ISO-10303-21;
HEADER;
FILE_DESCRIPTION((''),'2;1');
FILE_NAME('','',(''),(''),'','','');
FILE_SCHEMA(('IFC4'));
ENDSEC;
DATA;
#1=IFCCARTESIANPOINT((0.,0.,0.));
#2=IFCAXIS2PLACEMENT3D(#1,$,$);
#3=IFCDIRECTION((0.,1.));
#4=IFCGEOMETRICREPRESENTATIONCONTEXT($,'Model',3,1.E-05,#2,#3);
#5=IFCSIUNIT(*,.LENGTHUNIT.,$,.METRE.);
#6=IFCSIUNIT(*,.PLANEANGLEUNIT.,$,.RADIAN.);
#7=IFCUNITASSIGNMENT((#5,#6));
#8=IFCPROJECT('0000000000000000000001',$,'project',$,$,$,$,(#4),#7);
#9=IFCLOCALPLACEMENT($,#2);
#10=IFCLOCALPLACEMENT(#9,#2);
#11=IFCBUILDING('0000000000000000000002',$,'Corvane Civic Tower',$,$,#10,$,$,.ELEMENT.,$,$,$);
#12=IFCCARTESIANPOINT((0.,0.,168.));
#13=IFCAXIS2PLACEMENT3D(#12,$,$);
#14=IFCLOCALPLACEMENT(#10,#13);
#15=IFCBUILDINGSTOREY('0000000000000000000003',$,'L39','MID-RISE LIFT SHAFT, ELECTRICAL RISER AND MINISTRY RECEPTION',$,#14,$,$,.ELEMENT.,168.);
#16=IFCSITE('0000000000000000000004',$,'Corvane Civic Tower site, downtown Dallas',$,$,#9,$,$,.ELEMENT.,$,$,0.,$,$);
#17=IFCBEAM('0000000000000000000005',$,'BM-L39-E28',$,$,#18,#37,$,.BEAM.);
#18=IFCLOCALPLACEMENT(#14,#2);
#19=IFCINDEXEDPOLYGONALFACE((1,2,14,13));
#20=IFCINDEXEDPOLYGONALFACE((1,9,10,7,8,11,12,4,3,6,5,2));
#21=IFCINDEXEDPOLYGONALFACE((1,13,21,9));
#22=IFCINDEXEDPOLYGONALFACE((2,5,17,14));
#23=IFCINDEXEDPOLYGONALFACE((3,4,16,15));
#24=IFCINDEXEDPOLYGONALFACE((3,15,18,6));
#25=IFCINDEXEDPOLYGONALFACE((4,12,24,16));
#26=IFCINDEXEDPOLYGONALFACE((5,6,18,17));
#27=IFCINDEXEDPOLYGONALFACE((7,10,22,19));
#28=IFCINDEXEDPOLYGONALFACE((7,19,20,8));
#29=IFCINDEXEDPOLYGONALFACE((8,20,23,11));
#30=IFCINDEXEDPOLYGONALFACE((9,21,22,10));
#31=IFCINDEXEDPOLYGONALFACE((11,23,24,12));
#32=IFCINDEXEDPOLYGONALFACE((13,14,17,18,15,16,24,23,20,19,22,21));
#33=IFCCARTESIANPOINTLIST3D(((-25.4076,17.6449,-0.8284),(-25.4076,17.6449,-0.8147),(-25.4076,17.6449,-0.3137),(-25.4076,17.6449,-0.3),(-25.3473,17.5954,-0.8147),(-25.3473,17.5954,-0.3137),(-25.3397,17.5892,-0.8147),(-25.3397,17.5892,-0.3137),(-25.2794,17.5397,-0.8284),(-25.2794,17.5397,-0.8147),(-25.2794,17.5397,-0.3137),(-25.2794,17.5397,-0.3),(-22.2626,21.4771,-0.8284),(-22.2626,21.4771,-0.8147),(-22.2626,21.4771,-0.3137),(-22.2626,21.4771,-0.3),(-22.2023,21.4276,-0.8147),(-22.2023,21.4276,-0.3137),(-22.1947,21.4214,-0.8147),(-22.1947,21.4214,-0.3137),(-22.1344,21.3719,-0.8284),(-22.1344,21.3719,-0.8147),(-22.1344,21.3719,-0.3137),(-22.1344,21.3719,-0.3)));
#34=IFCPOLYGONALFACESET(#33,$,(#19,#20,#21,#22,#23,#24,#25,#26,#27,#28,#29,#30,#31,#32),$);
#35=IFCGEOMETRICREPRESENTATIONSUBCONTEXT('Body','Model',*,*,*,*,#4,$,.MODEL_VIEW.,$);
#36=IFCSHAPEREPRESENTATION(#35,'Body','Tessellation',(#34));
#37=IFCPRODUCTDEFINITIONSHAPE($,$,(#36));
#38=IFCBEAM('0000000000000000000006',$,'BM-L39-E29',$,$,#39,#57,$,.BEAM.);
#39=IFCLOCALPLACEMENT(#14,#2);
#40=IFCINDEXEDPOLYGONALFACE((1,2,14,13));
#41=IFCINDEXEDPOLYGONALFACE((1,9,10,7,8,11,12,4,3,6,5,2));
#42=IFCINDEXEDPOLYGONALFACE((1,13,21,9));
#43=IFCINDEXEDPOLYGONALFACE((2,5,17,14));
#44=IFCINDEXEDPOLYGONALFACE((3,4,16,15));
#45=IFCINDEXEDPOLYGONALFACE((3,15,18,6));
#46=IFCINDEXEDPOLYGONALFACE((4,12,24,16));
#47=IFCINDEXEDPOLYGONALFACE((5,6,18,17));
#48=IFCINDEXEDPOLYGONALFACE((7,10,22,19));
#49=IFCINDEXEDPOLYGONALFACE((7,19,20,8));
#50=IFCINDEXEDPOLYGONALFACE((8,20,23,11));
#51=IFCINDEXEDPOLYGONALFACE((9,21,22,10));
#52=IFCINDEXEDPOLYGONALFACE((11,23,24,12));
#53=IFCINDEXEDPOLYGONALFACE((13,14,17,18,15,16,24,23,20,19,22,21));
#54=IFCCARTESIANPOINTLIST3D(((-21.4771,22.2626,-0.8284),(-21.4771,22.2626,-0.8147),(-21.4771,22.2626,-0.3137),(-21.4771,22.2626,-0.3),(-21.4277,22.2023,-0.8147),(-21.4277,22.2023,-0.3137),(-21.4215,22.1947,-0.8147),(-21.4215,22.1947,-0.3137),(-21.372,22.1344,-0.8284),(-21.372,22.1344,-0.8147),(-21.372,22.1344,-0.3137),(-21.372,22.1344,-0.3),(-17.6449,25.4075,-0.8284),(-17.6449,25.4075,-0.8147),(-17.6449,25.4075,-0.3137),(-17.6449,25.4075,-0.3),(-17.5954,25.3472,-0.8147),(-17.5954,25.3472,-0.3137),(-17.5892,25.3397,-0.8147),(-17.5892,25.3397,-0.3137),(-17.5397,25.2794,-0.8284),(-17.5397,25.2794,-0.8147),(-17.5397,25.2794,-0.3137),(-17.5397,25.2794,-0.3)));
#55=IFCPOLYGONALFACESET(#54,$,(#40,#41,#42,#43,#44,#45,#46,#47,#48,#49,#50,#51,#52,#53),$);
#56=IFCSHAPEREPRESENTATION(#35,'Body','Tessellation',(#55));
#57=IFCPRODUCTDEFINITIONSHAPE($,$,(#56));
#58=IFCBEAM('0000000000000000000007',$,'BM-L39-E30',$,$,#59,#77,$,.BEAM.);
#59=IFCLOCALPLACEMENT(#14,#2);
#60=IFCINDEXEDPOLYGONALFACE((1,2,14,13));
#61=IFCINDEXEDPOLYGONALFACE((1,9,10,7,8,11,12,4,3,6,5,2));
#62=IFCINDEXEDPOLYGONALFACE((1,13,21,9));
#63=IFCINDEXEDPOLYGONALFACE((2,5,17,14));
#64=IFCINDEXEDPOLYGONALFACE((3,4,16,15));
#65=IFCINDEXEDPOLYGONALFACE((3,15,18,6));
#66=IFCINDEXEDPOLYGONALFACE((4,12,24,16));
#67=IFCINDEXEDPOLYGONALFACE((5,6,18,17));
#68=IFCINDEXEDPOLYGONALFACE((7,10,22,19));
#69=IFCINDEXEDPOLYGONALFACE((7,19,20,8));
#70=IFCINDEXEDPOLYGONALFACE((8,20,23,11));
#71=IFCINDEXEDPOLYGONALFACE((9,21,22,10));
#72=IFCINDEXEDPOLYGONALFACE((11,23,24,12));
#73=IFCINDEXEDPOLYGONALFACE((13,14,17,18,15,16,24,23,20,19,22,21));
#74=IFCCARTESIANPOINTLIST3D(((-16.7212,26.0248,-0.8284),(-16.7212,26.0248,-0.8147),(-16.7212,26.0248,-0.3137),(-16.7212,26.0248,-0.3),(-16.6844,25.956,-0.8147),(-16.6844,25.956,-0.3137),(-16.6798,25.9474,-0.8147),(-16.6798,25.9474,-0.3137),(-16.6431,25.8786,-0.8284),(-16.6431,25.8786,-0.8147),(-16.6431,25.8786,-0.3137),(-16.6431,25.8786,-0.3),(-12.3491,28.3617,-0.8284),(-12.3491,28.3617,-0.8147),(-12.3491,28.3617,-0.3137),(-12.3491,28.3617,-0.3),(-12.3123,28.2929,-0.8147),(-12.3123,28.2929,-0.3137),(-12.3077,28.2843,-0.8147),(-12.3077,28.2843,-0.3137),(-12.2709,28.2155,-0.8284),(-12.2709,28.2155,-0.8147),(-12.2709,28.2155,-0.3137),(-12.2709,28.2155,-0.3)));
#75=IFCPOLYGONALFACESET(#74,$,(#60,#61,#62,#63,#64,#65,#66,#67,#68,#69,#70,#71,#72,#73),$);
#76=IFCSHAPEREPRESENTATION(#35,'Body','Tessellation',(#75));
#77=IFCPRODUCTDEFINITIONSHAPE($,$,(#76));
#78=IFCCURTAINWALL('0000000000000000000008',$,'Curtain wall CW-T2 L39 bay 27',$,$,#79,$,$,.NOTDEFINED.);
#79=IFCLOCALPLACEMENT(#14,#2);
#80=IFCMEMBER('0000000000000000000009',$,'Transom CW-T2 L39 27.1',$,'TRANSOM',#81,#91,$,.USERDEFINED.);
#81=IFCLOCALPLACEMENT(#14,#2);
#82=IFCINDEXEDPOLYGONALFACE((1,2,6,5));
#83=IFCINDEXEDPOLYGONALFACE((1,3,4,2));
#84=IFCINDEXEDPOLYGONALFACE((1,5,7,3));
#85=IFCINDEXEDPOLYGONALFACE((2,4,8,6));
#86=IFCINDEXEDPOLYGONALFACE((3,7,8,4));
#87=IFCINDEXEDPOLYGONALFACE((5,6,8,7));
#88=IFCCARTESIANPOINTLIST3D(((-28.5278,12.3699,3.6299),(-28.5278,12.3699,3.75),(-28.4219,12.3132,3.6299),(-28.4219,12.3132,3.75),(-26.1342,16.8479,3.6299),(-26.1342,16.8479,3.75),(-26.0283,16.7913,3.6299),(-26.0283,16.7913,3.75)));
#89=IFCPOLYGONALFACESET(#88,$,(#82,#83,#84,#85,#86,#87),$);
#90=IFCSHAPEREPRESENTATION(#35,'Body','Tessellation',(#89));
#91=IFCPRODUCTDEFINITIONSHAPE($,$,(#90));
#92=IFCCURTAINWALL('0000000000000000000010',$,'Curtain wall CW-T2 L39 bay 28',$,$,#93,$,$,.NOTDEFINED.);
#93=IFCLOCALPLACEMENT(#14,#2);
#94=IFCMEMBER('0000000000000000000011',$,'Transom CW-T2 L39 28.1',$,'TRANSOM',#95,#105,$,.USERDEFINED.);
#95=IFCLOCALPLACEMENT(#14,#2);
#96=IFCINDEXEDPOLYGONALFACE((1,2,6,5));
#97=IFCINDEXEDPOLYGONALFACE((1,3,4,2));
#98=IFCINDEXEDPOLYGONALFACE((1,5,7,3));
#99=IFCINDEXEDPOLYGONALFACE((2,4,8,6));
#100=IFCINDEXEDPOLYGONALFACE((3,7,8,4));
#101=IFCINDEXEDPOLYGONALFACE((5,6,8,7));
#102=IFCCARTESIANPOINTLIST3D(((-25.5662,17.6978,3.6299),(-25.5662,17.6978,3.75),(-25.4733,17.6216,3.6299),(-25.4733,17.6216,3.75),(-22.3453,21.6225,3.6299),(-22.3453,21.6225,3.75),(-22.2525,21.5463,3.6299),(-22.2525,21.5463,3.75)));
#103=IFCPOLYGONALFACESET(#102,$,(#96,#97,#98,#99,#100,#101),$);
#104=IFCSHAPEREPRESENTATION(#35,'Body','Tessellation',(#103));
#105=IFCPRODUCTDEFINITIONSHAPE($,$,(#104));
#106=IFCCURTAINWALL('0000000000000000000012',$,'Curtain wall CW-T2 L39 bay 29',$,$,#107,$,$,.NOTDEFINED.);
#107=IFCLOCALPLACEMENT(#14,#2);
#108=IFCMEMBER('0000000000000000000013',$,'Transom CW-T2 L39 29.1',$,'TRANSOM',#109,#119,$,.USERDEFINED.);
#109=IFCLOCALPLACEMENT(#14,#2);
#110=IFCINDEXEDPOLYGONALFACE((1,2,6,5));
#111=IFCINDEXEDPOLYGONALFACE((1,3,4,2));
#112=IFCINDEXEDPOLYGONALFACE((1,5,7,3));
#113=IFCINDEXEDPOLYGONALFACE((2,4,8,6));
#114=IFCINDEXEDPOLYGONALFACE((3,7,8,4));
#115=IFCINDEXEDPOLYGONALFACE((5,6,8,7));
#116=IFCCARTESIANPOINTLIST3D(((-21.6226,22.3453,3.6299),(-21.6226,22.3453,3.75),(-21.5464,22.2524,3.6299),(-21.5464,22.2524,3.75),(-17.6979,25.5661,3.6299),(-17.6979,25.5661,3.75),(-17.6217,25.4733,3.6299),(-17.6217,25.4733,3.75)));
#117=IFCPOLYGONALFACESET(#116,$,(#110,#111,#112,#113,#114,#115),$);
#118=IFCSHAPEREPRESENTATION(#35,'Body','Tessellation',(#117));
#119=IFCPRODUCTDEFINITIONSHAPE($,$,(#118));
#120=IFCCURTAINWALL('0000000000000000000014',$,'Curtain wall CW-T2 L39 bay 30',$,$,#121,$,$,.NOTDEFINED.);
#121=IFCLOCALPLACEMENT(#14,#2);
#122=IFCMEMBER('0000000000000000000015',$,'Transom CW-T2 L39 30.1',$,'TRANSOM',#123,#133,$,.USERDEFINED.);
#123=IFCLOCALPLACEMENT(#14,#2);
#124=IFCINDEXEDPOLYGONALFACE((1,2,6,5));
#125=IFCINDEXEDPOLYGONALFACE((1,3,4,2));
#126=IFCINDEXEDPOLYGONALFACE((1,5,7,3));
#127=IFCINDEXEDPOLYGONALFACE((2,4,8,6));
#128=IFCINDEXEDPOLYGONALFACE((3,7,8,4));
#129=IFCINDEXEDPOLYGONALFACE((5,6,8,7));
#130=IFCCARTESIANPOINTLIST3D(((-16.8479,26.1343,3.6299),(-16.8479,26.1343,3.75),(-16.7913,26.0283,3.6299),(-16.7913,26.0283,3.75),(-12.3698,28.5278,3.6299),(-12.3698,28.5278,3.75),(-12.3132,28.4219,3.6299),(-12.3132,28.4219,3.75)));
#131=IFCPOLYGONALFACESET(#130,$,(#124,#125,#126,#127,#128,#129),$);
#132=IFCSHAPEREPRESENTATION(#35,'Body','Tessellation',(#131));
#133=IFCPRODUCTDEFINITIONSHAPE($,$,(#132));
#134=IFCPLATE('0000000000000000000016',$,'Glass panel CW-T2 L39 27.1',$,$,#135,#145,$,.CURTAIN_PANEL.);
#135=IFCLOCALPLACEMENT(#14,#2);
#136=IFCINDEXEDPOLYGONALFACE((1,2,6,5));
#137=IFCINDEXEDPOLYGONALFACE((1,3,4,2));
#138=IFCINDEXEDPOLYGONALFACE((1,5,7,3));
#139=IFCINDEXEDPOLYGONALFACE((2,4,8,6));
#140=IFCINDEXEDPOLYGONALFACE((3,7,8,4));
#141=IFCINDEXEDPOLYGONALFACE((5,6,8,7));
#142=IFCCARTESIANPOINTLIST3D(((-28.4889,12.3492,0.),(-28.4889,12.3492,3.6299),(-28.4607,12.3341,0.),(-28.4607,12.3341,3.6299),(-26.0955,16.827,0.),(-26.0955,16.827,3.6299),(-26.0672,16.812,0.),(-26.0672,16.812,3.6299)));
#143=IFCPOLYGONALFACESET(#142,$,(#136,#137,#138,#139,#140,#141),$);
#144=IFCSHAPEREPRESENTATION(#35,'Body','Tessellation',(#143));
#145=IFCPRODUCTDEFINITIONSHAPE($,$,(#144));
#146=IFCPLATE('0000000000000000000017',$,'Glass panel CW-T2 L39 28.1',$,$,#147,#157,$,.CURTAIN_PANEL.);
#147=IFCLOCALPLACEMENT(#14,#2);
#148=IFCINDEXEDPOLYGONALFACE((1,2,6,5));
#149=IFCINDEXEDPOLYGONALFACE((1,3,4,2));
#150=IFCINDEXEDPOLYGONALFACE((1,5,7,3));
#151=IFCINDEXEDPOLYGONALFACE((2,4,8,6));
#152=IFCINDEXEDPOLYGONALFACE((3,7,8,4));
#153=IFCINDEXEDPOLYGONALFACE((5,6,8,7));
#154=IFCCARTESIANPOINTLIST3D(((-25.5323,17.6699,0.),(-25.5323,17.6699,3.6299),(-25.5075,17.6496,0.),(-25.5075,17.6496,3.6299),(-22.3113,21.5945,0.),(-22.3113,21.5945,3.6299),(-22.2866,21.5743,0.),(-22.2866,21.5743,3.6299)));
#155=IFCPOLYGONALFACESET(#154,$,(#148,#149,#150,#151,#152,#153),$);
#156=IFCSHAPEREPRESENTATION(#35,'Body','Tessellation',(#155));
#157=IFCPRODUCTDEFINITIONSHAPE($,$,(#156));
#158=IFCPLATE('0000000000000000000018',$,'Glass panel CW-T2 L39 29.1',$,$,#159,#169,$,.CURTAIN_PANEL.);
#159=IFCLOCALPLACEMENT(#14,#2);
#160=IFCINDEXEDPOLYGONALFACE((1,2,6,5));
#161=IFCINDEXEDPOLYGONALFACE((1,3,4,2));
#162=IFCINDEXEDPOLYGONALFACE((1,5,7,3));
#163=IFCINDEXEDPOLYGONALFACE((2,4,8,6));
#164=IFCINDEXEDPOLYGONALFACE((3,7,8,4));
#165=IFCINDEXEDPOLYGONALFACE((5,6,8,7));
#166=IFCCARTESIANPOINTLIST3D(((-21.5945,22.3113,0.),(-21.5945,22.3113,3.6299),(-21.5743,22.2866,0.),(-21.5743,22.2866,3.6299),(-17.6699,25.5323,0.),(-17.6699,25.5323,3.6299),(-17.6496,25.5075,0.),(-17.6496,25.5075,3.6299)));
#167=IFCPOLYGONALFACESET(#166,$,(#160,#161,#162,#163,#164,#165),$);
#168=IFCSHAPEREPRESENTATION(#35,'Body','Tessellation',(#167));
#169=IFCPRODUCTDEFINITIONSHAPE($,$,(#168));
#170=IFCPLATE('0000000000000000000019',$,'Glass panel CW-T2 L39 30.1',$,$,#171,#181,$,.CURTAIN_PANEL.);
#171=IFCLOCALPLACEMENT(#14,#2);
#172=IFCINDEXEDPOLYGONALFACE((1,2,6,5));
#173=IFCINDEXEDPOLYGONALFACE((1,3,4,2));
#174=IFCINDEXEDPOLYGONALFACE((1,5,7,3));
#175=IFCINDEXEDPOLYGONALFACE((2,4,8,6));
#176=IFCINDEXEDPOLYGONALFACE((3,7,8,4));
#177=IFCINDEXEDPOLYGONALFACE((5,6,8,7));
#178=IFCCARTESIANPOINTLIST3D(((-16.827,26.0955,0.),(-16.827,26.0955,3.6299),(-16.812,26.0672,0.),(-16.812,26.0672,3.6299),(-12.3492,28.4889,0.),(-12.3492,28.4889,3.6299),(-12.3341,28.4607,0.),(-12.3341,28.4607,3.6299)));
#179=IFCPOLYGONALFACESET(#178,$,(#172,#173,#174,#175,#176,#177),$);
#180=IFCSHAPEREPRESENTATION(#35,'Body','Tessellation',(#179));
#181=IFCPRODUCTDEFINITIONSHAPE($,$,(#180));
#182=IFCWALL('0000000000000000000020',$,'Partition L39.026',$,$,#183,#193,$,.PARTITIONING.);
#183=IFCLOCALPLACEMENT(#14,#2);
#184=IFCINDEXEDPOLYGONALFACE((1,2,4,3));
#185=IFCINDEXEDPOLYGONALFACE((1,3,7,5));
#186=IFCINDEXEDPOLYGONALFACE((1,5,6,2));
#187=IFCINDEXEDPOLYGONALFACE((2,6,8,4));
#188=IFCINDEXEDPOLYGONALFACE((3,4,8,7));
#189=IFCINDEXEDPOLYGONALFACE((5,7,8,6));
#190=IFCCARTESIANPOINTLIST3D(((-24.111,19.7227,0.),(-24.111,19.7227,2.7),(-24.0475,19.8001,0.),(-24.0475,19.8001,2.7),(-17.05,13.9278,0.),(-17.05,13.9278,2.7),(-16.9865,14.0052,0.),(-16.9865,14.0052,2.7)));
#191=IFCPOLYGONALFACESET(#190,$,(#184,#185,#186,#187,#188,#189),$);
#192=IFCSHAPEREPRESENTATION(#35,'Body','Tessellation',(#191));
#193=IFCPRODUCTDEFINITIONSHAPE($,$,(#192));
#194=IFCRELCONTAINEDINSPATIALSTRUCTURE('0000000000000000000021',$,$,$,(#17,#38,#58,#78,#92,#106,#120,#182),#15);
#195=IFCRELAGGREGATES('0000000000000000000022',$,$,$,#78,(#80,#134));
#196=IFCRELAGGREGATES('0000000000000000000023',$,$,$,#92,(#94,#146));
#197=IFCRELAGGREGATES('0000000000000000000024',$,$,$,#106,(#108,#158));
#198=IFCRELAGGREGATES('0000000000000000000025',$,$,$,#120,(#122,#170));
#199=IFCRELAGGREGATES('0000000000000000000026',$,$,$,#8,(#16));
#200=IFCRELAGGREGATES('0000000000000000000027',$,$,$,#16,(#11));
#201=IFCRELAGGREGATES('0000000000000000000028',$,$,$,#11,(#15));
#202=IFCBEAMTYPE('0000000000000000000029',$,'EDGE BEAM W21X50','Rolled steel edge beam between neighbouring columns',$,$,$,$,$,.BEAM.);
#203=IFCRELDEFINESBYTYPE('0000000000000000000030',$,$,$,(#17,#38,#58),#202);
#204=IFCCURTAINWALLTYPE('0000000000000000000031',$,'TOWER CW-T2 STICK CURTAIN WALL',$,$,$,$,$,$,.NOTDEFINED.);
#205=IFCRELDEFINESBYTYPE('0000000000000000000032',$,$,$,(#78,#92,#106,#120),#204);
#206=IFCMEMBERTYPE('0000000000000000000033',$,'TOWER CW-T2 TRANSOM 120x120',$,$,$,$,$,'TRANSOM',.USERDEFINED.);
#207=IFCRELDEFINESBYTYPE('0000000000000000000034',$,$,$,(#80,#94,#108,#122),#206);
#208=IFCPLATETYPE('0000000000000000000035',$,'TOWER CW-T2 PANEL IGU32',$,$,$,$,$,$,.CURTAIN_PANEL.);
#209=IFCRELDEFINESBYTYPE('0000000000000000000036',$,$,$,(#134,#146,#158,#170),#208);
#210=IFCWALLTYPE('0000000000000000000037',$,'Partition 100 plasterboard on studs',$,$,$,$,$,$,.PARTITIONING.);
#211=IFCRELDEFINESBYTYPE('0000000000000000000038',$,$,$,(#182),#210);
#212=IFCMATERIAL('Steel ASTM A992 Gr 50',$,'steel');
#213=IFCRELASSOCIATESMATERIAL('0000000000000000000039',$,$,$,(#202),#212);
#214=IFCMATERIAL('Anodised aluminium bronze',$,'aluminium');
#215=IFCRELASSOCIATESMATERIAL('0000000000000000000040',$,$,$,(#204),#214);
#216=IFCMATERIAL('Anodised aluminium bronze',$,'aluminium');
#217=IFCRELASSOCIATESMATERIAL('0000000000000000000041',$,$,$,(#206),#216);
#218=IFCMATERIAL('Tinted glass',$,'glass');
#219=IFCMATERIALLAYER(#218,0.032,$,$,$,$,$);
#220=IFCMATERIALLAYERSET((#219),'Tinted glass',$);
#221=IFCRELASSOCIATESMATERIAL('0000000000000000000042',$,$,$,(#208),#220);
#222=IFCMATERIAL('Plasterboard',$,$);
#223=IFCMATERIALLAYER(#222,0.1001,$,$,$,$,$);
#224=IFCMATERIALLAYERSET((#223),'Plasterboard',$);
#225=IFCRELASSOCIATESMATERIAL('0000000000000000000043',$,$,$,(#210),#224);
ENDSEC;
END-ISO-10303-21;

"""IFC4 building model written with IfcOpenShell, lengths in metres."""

from ifc_helpers import new_model, si_unit, direction, frame, frame_2d, origin, origin_2d, place, context, subcontext, project, spatial, rectangle, i_section, extrude, material, layer, layer_set, material_profile, profile_set, type_object, element, aggregate, save


model = new_model("IFC4")

# Units and contexts
model_context = context("Model", 3, precision=1e-05, world=origin(), true_north=direction((0.0, 1.0)))
body_context = subcontext(model_context, "Body", "Model", "MODEL_VIEW")
ifc_project = project(units=[si_unit("LENGTHUNIT", "METRE"), si_unit("PLANEANGLEUNIT", "RADIAN")], contexts=[model_context])

# Site, building, storey
site_placement = place(None, origin())
site = spatial("IfcSite", under=ifc_project, at=site_placement, Name="Corvane Civic Tower site, downtown Dallas", CompositionType="ELEMENT", RefElevation=0.0)
building_placement = place(site_placement, origin())
building = spatial("IfcBuilding", under=site, at=building_placement, Name="Corvane Civic Tower", CompositionType="ELEMENT")
storey_placement = place(building_placement, frame((0.0, 0.0, 168.0)))
storey = spatial("IfcBuildingStorey", under=building, at=storey_placement, Name="L39", Description="MID-RISE LIFT SHAFT, ELECTRICAL RISER AND MINISTRY RECEPTION", CompositionType="ELEMENT", Elevation=168.0)

# Beams
ifc_material_1 = material(Name="Steel ASTM A992 Gr 50", Category="steel")
ifc_material_profile_1 = material_profile(ifc_material_1, i_section(OverallWidth=0.1658, OverallDepth=0.5283, WebThickness=0.0098, FlangeThickness=0.0137, at=origin_2d()), Name="W21X50")
ifc_profile_set_1 = profile_set([ifc_material_profile_1], Name="Steel ASTM A992 Gr 50")
beam_type = type_object("IfcBeamType", Name="EDGE BEAM W21X50", Description="Rolled steel edge beam between neighbouring columns", PredefinedType="BEAM", material=ifc_profile_set_1)
for number, where, z_axis, x_axis, name in (
    (1, (-25.3435, 17.5923, -0.5642), (0.634388, 0.773015, 0.0), (-0.773015, 0.634388, 0.0), "BM-L39-E28"),
    (2, (-21.4246, 22.1985, -0.5642), (0.773015, 0.634388, 0.0), (-0.634388, 0.773015, 0.0), "BM-L39-E29"),
    (3, (-16.6821, 25.9517, -0.5642), (0.881922, 0.471396, 0.0), (-0.471396, 0.881922, 0.0), "BM-L39-E30"),
):
    element("IfcBeam", number, at=place(storey_placement, frame(where, z_axis=z_axis, x_axis=x_axis)), inside=storey, type_object=beam_type, Name=name, PredefinedType="BEAM", context=body_context, shape_type="SweptSolid", body=[
        extrude(i_section(OverallWidth=0.1658, OverallDepth=0.5283, WebThickness=0.0098, FlangeThickness=0.0137, at=origin_2d()), origin(), (0.0, 0.0, 1.0), 4.9575),
    ])

# Curtain walls, members
ifc_material_2 = material(Name="Anodised aluminium bronze", Category="aluminium")
curtain_wall_type = type_object("IfcCurtainWallType", Name="TOWER CW-T2 STICK CURTAIN WALL", PredefinedType="NOTDEFINED", material=ifc_material_2)
curtain_wall_1_placement = place(storey_placement, origin())
curtain_wall_1 = element("IfcCurtainWall", 4, at=curtain_wall_1_placement, inside=storey, type_object=curtain_wall_type, Name="Curtain wall CW-T2 L39 bay 27", PredefinedType="NOTDEFINED")
ifc_material_3 = material(Name="Anodised aluminium bronze", Category="aluminium")
ifc_material_profile_2 = material_profile(ifc_material_3, rectangle(XDim=0.1201, YDim=0.1201, at=origin_2d()), Name="TOWER CW-T2 TRANSOM 120x120")
ifc_profile_set_2 = profile_set([ifc_material_profile_2], Name="Anodised aluminium bronze")
member_type = type_object("IfcMemberType", Name="TOWER CW-T2 TRANSOM 120x120", ElementType="TRANSOM", PredefinedType="USERDEFINED", material=ifc_profile_set_2)
member_1_placement = place(storey_placement, frame((-28.4749, 12.3416, 3.6899), z_axis=(0.471397, 0.881921, 0.0), x_axis=(-0.881921, 0.471397, 0.0)))
member_1 = element("IfcMember", 5, at=member_1_placement, type_object=member_type, Name="Transom CW-T2 L39 27.1", ObjectType="TRANSOM", PredefinedType="USERDEFINED", context=body_context, shape_type="SweptSolid", body=[
    extrude(rectangle(XDim=0.1201, YDim=0.1201, at=origin_2d()), origin(), (0.0, 0.0, 1.0), 5.0776),
])
curtain_wall_2_placement = place(storey_placement, origin())
curtain_wall_2 = element("IfcCurtainWall", 6, at=curtain_wall_2_placement, inside=storey, type_object=curtain_wall_type, Name="Curtain wall CW-T2 L39 bay 28", PredefinedType="NOTDEFINED")
member_2_placement = place(storey_placement, frame((-25.5198, 17.6597, 3.6899), z_axis=(0.634387, 0.773016, 0.0), x_axis=(-0.773016, 0.634387, 0.0)))
member_2 = element("IfcMember", 7, at=member_2_placement, type_object=member_type, Name="Transom CW-T2 L39 28.1", ObjectType="TRANSOM", PredefinedType="USERDEFINED", context=body_context, shape_type="SweptSolid", body=[
    extrude(rectangle(XDim=0.1201, YDim=0.1201, at=origin_2d()), origin(), (0.0, 0.0, 1.0), 5.0771),
])
curtain_wall_3_placement = place(storey_placement, origin())
curtain_wall_3 = element("IfcCurtainWall", 8, at=curtain_wall_3_placement, inside=storey, type_object=curtain_wall_type, Name="Curtain wall CW-T2 L39 bay 29", PredefinedType="NOTDEFINED")
member_3_placement = place(storey_placement, frame((-21.5845, 22.2988, 3.6899), z_axis=(0.773016, 0.634387, 0.0), x_axis=(-0.634387, 0.773016, 0.0)))
member_3 = element("IfcMember", 9, at=member_3_placement, type_object=member_type, Name="Transom CW-T2 L39 29.1", ObjectType="TRANSOM", PredefinedType="USERDEFINED", context=body_context, shape_type="SweptSolid", body=[
    extrude(rectangle(XDim=0.1201, YDim=0.1201, at=origin_2d()), origin(), (0.0, 0.0, 1.0), 5.0771),
])
curtain_wall_4_placement = place(storey_placement, origin())
curtain_wall_4 = element("IfcCurtainWall", 10, at=curtain_wall_4_placement, inside=storey, type_object=curtain_wall_type, Name="Curtain wall CW-T2 L39 bay 30", PredefinedType="NOTDEFINED")
member_4_placement = place(storey_placement, frame((-16.8196, 26.0813, 3.6899), z_axis=(0.881921, 0.471397, 0.0), x_axis=(-0.471397, 0.881921, 0.0)))
member_4 = element("IfcMember", 11, at=member_4_placement, type_object=member_type, Name="Transom CW-T2 L39 30.1", ObjectType="TRANSOM", PredefinedType="USERDEFINED", context=body_context, shape_type="SweptSolid", body=[
    extrude(rectangle(XDim=0.1201, YDim=0.1201, at=origin_2d()), origin(), (0.0, 0.0, 1.0), 5.0776),
])

# Plates
ifc_material_4 = material(Name="Tinted glass", Category="glass")
ifc_layer_1 = layer(ifc_material_4, 0.032)
ifc_layer_set_1 = layer_set([ifc_layer_1], Name="Tinted glass")
plate_type = type_object("IfcPlateType", Name="TOWER CW-T2 PANEL IGU32", PredefinedType="CURTAIN_PANEL", material=ifc_layer_set_1)
plate_1_placement = place(storey_placement, frame((-27.2781, 14.5806, 0.0), z_axis=(0.0, 0.0, 1.0), x_axis=(0.471395, 0.881922, 0.0)))
plate_1 = element("IfcPlate", 12, at=plate_1_placement, type_object=plate_type, Name="Glass panel CW-T2 L39 27.1", PredefinedType="CURTAIN_PANEL", context=body_context, shape_type="SweptSolid", body=[
    extrude(rectangle(XDim=5.0774, YDim=0.032, at=origin_2d()), origin(), (0.0, 0.0, 1.0), 3.6299),
])
aggregate(curtain_wall_1, [member_1, plate_1])
plate_2_placement = place(storey_placement, frame((-23.9094, 19.6221, 0.0), z_axis=(0.0, 0.0, 1.0), x_axis=(0.6344, 0.773005, 0.0)))
plate_2 = element("IfcPlate", 13, at=plate_2_placement, type_object=plate_type, Name="Glass panel CW-T2 L39 28.1", PredefinedType="CURTAIN_PANEL", context=body_context, shape_type="SweptSolid", body=[
    extrude(rectangle(XDim=5.0771, YDim=0.032, at=origin_2d()), origin(), (0.0, 0.0, 1.0), 3.6299),
])
aggregate(curtain_wall_2, [member_2, plate_2])
plate_3_placement = place(storey_placement, frame((-19.6221, 23.9094, 0.0), z_axis=(0.0, 0.0, 1.0), x_axis=(0.773005, 0.6344, 0.0)))
plate_3 = element("IfcPlate", 14, at=plate_3_placement, type_object=plate_type, Name="Glass panel CW-T2 L39 29.1", PredefinedType="CURTAIN_PANEL", context=body_context, shape_type="SweptSolid", body=[
    extrude(rectangle(XDim=5.0771, YDim=0.032, at=origin_2d()), origin(), (0.0, 0.0, 1.0), 3.6299),
])
aggregate(curtain_wall_3, [member_3, plate_3])
plate_4_placement = place(storey_placement, frame((-14.5806, 27.2781, 0.0), z_axis=(0.0, 0.0, 1.0), x_axis=(0.881922, 0.471395, 0.0)))
plate_4 = element("IfcPlate", 15, at=plate_4_placement, type_object=plate_type, Name="Glass panel CW-T2 L39 30.1", PredefinedType="CURTAIN_PANEL", context=body_context, shape_type="SweptSolid", body=[
    extrude(rectangle(XDim=5.0774, YDim=0.032, at=origin_2d()), origin(), (0.0, 0.0, 1.0), 3.6299),
])
aggregate(curtain_wall_4, [member_4, plate_4])

# Wall
ifc_material_5 = material(Name="Plasterboard")
ifc_layer_2 = layer(ifc_material_5, 0.1001)
ifc_layer_set_2 = layer_set([ifc_layer_2], Name="Plasterboard")
wall_type_1 = type_object("IfcWallType", Name="Partition 100 plasterboard on studs", PredefinedType="PARTITIONING", material=ifc_layer_set_2)
wall_1_placement = place(storey_placement, frame((-24.0793, 19.7615, 0.0), z_axis=(0.0, 0.0, 1.0), x_axis=(0.773006, -0.634399, 0.0)))
element("IfcWall", 16, at=wall_1_placement, inside=storey, type_object=wall_type_1, Name="Partition L39.026", PredefinedType="PARTITIONING", context=body_context, shape_type="SweptSolid", body=[
    extrude(rectangle(XDim=9.1345, YDim=0.1001, at=frame_2d((4.5674, 0.0))), origin(), (0.0, 0.0, 1.0), 2.7),
])

save(model, "model.ifc")
